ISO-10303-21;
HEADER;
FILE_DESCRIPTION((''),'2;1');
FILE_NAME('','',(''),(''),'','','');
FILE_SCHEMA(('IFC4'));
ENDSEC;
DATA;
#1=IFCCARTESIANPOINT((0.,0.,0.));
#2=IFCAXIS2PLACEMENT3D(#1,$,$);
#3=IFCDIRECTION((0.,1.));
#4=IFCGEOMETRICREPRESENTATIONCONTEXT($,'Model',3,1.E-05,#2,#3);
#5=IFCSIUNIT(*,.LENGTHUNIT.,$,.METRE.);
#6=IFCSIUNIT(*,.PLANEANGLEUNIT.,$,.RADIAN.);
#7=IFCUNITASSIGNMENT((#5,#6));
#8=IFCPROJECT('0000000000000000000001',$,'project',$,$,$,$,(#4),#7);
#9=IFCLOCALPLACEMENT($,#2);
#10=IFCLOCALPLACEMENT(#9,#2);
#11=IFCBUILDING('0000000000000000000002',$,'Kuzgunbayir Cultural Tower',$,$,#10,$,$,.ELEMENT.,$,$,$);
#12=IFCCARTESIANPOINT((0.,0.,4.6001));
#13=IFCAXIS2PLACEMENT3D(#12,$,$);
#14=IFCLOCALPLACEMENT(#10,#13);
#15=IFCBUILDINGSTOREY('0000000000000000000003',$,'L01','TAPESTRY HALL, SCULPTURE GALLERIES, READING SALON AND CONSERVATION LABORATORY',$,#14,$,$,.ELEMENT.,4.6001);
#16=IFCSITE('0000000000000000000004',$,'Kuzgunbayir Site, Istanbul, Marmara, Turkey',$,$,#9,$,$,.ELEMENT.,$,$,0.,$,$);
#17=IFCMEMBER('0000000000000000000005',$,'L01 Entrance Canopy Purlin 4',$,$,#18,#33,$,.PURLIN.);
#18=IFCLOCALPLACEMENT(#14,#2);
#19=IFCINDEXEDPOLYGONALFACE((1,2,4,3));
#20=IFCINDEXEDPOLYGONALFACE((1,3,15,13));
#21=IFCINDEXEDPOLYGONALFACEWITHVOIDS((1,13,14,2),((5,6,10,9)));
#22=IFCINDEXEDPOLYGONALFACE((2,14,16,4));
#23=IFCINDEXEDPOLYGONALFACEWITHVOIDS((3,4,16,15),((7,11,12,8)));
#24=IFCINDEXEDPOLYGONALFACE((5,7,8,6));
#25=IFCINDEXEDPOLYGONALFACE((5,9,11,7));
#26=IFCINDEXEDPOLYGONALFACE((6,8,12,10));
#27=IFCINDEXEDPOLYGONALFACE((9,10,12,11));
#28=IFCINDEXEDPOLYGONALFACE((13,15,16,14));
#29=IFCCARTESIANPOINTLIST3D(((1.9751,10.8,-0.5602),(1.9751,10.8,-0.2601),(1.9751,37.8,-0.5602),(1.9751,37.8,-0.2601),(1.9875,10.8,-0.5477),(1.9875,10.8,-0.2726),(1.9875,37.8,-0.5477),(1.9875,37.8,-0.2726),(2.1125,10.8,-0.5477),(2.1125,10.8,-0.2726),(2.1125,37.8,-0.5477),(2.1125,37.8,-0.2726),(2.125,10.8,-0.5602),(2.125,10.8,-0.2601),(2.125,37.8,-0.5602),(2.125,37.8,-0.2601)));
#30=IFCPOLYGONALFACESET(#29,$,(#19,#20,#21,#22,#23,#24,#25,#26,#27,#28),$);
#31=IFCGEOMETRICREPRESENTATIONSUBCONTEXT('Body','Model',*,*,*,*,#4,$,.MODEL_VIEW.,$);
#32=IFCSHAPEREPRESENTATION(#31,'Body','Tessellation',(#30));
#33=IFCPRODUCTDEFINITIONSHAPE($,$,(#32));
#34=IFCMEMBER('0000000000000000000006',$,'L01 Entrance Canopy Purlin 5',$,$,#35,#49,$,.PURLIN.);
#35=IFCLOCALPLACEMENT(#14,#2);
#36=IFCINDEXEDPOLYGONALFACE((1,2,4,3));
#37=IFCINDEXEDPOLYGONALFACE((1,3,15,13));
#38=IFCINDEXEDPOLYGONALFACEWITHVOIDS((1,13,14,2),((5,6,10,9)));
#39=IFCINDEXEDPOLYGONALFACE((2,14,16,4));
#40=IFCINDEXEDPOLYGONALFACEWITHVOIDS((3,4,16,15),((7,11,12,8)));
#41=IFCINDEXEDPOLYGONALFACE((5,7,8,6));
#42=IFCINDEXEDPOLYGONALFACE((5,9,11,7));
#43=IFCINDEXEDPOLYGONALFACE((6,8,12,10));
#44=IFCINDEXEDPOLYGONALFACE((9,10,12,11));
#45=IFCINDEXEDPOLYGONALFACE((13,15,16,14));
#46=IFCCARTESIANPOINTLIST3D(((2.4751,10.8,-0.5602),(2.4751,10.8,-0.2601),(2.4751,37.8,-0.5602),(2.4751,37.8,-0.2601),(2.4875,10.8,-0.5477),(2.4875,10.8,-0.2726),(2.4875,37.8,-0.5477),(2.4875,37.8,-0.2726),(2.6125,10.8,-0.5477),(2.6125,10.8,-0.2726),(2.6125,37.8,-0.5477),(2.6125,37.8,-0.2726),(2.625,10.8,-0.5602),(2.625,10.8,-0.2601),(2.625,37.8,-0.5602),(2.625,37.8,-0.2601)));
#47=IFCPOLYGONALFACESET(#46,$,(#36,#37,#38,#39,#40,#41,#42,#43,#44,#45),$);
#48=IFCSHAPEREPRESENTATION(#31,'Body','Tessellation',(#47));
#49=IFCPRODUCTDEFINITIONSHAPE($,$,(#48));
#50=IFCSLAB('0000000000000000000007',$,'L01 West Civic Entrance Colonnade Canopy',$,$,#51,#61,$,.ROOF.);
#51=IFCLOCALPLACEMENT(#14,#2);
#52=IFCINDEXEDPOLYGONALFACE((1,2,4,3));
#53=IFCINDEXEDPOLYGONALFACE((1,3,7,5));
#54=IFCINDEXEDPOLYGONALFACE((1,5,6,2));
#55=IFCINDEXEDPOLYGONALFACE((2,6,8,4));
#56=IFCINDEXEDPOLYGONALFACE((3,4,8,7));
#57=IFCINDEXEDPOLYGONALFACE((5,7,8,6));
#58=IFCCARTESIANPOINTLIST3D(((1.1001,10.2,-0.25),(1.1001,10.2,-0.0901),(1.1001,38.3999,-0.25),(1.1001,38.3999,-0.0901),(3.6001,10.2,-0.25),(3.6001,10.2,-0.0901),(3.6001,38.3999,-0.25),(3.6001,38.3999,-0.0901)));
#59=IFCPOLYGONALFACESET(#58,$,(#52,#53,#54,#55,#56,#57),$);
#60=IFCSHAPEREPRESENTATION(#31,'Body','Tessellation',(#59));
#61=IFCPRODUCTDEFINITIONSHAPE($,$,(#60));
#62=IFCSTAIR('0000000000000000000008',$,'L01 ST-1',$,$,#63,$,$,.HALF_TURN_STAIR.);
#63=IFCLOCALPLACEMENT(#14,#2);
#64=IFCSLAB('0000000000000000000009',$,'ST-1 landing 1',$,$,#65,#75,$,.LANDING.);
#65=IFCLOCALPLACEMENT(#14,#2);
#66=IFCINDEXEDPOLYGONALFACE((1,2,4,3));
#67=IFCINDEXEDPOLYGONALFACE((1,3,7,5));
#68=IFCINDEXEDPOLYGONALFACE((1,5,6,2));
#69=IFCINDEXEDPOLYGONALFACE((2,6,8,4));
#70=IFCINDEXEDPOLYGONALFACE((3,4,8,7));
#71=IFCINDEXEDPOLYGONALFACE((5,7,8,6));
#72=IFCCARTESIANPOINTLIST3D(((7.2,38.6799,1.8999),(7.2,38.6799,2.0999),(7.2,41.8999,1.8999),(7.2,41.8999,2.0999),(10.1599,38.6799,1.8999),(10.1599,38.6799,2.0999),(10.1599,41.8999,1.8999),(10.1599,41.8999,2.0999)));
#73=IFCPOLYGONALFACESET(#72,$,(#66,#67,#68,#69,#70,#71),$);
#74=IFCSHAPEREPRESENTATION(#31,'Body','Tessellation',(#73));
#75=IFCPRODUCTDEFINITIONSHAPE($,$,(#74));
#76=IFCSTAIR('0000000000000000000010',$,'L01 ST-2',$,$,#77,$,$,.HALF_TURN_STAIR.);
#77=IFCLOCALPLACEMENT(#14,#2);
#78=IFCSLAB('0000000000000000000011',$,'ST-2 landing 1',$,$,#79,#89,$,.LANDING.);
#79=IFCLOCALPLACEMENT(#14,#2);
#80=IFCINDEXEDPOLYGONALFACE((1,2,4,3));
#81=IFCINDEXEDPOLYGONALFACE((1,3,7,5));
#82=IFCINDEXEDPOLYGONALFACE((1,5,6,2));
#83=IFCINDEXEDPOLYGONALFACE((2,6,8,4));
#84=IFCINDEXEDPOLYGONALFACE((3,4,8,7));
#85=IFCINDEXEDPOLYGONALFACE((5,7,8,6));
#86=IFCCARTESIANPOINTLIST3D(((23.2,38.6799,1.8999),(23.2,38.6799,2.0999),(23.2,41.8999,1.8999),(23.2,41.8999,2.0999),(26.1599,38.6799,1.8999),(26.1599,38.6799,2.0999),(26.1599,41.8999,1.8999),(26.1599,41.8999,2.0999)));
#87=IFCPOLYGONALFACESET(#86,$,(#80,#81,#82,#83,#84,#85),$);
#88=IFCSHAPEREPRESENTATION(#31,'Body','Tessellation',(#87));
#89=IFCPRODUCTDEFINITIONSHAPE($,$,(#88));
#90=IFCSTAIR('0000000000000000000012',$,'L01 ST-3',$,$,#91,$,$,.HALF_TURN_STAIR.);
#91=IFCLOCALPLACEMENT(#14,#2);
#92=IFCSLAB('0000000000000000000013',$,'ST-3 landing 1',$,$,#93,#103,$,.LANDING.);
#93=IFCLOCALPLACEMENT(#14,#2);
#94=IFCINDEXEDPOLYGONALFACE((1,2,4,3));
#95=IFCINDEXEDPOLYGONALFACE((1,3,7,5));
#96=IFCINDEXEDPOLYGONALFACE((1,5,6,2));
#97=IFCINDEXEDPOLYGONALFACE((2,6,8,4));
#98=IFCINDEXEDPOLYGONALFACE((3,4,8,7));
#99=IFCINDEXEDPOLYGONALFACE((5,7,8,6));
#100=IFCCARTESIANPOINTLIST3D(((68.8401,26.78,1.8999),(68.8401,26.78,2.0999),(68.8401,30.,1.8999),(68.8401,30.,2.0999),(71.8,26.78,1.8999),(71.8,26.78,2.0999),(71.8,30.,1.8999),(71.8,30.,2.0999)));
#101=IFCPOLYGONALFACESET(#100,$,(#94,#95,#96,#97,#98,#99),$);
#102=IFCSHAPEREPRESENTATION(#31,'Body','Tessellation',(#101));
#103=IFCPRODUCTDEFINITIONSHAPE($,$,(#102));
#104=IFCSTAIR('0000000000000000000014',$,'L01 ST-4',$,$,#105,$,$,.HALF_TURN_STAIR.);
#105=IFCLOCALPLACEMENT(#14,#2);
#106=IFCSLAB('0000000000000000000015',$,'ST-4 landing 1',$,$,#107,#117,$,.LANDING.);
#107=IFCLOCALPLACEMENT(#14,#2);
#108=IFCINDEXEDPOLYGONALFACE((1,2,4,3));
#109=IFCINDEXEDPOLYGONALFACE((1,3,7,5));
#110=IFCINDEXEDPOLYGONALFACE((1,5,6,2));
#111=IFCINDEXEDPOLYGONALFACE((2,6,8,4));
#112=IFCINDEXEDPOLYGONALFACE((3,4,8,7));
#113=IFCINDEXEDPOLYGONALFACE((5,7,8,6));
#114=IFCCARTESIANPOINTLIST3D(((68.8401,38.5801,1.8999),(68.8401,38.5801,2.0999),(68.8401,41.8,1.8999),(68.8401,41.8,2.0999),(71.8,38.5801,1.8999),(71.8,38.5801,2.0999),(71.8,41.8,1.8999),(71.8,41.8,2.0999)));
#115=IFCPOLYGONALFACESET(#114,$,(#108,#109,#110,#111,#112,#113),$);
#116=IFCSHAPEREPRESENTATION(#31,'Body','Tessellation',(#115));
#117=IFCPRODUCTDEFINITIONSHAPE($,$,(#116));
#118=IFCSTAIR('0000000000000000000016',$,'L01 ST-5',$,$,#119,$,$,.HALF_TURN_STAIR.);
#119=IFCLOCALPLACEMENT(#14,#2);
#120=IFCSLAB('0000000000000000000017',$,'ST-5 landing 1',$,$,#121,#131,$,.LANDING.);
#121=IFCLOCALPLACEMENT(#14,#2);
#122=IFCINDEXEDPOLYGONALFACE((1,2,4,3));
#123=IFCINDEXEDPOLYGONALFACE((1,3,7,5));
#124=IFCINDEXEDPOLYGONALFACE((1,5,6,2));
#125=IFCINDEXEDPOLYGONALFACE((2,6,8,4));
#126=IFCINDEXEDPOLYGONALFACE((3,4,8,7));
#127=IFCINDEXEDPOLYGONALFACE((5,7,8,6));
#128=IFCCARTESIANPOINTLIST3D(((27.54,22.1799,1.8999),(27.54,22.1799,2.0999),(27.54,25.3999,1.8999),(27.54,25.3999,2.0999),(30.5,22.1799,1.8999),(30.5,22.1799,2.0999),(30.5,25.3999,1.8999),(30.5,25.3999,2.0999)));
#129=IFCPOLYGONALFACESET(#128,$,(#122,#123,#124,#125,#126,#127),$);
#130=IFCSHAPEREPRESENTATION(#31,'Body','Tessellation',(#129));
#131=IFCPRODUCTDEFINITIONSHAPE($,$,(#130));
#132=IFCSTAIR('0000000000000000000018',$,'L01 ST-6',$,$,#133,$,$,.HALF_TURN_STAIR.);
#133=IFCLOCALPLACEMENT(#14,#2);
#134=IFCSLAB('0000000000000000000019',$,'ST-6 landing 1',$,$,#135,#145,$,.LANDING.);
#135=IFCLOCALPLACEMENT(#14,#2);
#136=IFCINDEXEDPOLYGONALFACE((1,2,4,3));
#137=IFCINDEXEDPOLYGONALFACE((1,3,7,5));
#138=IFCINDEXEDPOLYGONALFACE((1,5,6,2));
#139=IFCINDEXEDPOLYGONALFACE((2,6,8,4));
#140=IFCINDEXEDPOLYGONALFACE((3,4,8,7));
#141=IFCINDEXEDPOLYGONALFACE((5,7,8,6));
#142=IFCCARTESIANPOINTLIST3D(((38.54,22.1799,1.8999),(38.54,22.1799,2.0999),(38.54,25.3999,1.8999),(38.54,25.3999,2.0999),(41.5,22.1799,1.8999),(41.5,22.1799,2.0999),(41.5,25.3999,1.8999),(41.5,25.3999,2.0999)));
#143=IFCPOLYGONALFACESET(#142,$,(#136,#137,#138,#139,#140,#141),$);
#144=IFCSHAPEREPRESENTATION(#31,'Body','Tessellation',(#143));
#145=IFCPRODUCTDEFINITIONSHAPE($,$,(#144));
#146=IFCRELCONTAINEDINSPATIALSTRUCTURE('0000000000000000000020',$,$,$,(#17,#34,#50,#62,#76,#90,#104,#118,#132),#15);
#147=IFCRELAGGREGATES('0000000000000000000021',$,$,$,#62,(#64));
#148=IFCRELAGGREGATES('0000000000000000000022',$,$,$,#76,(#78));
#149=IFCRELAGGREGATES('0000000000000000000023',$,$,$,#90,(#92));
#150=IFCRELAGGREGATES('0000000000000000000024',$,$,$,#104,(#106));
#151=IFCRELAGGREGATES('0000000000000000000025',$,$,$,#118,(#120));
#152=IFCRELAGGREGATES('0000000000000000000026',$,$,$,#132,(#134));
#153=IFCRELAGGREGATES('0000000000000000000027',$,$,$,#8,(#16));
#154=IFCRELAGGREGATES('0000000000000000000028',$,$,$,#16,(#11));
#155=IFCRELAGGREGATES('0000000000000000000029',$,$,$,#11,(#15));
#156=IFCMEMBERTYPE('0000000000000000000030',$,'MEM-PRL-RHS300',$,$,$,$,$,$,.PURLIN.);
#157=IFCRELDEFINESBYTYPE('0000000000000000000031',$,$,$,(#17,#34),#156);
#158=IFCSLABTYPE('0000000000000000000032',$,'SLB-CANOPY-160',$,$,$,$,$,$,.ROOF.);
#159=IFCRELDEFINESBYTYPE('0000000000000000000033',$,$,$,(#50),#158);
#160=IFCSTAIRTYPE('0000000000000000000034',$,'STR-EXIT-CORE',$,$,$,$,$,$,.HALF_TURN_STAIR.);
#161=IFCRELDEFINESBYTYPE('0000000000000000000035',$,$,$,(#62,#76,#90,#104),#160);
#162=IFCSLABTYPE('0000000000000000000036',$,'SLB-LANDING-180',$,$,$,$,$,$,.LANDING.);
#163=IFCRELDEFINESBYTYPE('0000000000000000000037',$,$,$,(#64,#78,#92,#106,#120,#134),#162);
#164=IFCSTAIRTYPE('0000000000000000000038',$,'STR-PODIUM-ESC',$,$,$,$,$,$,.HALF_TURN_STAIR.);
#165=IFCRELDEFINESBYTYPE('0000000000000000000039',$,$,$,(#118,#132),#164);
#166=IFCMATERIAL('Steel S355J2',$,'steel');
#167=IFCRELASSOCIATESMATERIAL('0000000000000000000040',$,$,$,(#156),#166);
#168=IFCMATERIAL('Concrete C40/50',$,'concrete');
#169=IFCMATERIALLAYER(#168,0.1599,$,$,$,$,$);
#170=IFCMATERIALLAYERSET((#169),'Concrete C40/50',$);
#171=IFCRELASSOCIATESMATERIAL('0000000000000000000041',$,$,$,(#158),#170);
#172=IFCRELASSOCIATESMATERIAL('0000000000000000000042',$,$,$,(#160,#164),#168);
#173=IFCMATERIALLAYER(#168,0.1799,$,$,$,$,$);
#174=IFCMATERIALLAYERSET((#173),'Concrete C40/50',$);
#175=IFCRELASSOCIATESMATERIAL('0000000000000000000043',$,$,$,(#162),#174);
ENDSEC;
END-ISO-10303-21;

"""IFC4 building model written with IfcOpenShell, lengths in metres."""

from ifc_helpers import new_model, si_unit, direction, frame, origin, origin_2d, place, context, subcontext, project, spatial, polyline, hollow_rectangle, outline, extrude, material, layer, layer_set, material_profile, profile_set, type_object, element, aggregate, save


model = new_model("IFC4")

# Units and contexts
model_context = context("Model", 3, precision=1e-05, world=origin(), true_north=direction((0.0, 1.0)))
body_context = subcontext(model_context, "Body", "Model", "MODEL_VIEW")
ifc_project = project(units=[si_unit("LENGTHUNIT", "METRE"), si_unit("PLANEANGLEUNIT", "RADIAN")], contexts=[model_context])

# Site, building, storey
site_placement = place(None, origin())
site = spatial("IfcSite", under=ifc_project, at=site_placement, Name="Kuzgunbayir Site, Istanbul, Marmara, Turkey", CompositionType="ELEMENT", RefElevation=0.0)
building_placement = place(site_placement, origin())
building = spatial("IfcBuilding", under=site, at=building_placement, Name="Kuzgunbayir Cultural Tower", CompositionType="ELEMENT")
storey_placement = place(building_placement, frame((0.0, 0.0, 4.6001)))
storey = spatial("IfcBuildingStorey", under=building, at=storey_placement, Name="L01", Description="TAPESTRY HALL, SCULPTURE GALLERIES, READING SALON AND CONSERVATION LABORATORY", CompositionType="ELEMENT", Elevation=4.6001)

# Shared definitions
ifc_material_1 = material(Name="Steel S355J2", Category="steel")

# Members
ifc_material_profile_1 = material_profile(ifc_material_1, hollow_rectangle(XDim=0.1499, YDim=0.3, WallThickness=0.0125, at=origin_2d()), Name="RHS 300x150x12.5")
ifc_profile_set_1 = profile_set([ifc_material_profile_1], Name="Steel S355J2")
member_type = type_object("IfcMemberType", Name="MEM-PRL-RHS300", PredefinedType="PURLIN", material=ifc_profile_set_1)
for number, where, z_axis, x_axis, name in (
    (1, (2.05, 10.8, -0.4102), (0.0, 1.0, 0.0), (-1.0, 0.0, 0.0), "L01 Entrance Canopy Purlin 4"),
    (2, (2.55, 10.8, -0.4102), (0.0, 1.0, 0.0), (-1.0, 0.0, 0.0), "L01 Entrance Canopy Purlin 5"),
):
    element("IfcMember", number, at=place(storey_placement, frame(where, z_axis=z_axis, x_axis=x_axis)), inside=storey, type_object=member_type, Name=name, PredefinedType="PURLIN", context=body_context, shape_type="SweptSolid", body=[
        extrude(hollow_rectangle(XDim=0.1499, YDim=0.3, WallThickness=0.0125, at=origin_2d()), origin(), (0.0, 0.0, 1.0), 27.0),
    ])

# Slab
ifc_material_2 = material(Name="Concrete C40/50", Category="concrete")
ifc_layer_1 = layer(ifc_material_2, 0.1599)
ifc_layer_set_1 = layer_set([ifc_layer_1], Name="Concrete C40/50")
slab_type_1 = type_object("IfcSlabType", Name="SLB-CANOPY-160", PredefinedType="ROOF", material=ifc_layer_set_1)
slab_1_placement = place(storey_placement, frame((0.0, 0.0, -0.25)))
element("IfcSlab", 3, at=slab_1_placement, inside=storey, type_object=slab_type_1, Name="L01 West Civic Entrance Colonnade Canopy", PredefinedType="ROOF", context=body_context, shape_type="SweptSolid", body=[
    extrude(outline(polyline([(1.1001, 10.2), (3.6001, 10.2), (3.6001, 38.3999), (1.1001, 38.3999), (1.1001, 10.2)])), origin(), (0.0, 0.0, 1.0), 0.1599),
])

# Stairs, slabs
stair_type_1 = type_object("IfcStairType", Name="STR-EXIT-CORE", PredefinedType="HALF_TURN_STAIR", material=ifc_material_2)
stair_1_placement = place(storey_placement, origin())
stair_1 = element("IfcStair", 4, at=stair_1_placement, inside=storey, type_object=stair_type_1, Name="L01 ST-1", PredefinedType="HALF_TURN_STAIR")
ifc_layer_2 = layer(ifc_material_2, 0.1799)
ifc_layer_set_2 = layer_set([ifc_layer_2], Name="Concrete C40/50")
slab_type_2 = type_object("IfcSlabType", Name="SLB-LANDING-180", PredefinedType="LANDING", material=ifc_layer_set_2)
slab_2_placement = place(storey_placement, frame((0.0, 0.0, 1.8999)))
slab_2 = element("IfcSlab", 5, at=slab_2_placement, type_object=slab_type_2, Name="ST-1 landing 1", PredefinedType="LANDING", context=body_context, shape_type="SweptSolid", body=[
    extrude(outline(polyline([(10.1599, 38.6799), (10.1599, 41.8999), (7.2, 41.8999), (7.2, 38.6799), (10.1599, 38.6799)])), origin(), (0.0, 0.0, 1.0), 0.2),
])
aggregate(stair_1, [slab_2])
stair_2_placement = place(storey_placement, origin())
stair_2 = element("IfcStair", 6, at=stair_2_placement, inside=storey, type_object=stair_type_1, Name="L01 ST-2", PredefinedType="HALF_TURN_STAIR")
slab_3_placement = place(storey_placement, frame((0.0, 0.0, 1.8999)))
slab_3 = element("IfcSlab", 7, at=slab_3_placement, type_object=slab_type_2, Name="ST-2 landing 1", PredefinedType="LANDING", context=body_context, shape_type="SweptSolid", body=[
    extrude(outline(polyline([(26.1599, 38.6799), (26.1599, 41.8999), (23.2, 41.8999), (23.2, 38.6799), (26.1599, 38.6799)])), origin(), (0.0, 0.0, 1.0), 0.2),
])
aggregate(stair_2, [slab_3])
stair_3_placement = place(storey_placement, origin())
stair_3 = element("IfcStair", 8, at=stair_3_placement, inside=storey, type_object=stair_type_1, Name="L01 ST-3", PredefinedType="HALF_TURN_STAIR")
slab_4_placement = place(storey_placement, frame((0.0, 0.0, 1.8999)))
slab_4 = element("IfcSlab", 9, at=slab_4_placement, type_object=slab_type_2, Name="ST-3 landing 1", PredefinedType="LANDING", context=body_context, shape_type="SweptSolid", body=[
    extrude(outline(polyline([(71.8, 26.78), (71.8, 30.0), (68.8401, 30.0), (68.8401, 26.78), (71.8, 26.78)])), origin(), (0.0, 0.0, 1.0), 0.2),
])
aggregate(stair_3, [slab_4])
stair_4_placement = place(storey_placement, origin())
stair_4 = element("IfcStair", 10, at=stair_4_placement, inside=storey, type_object=stair_type_1, Name="L01 ST-4", PredefinedType="HALF_TURN_STAIR")
slab_5_placement = place(storey_placement, frame((0.0, 0.0, 1.8999)))
slab_5 = element("IfcSlab", 11, at=slab_5_placement, type_object=slab_type_2, Name="ST-4 landing 1", PredefinedType="LANDING", context=body_context, shape_type="SweptSolid", body=[
    extrude(outline(polyline([(71.8, 38.5801), (71.8, 41.8), (68.8401, 41.8), (68.8401, 38.5801), (71.8, 38.5801)])), origin(), (0.0, 0.0, 1.0), 0.2),
])
aggregate(stair_4, [slab_5])
stair_type_2 = type_object("IfcStairType", Name="STR-PODIUM-ESC", PredefinedType="HALF_TURN_STAIR", material=ifc_material_2)
stair_5_placement = place(storey_placement, origin())
stair_5 = element("IfcStair", 12, at=stair_5_placement, inside=storey, type_object=stair_type_2, Name="L01 ST-5", PredefinedType="HALF_TURN_STAIR")
slab_6_placement = place(storey_placement, frame((0.0, 0.0, 1.8999)))
slab_6 = element("IfcSlab", 13, at=slab_6_placement, type_object=slab_type_2, Name="ST-5 landing 1", PredefinedType="LANDING", context=body_context, shape_type="SweptSolid", body=[
    extrude(outline(polyline([(30.5, 22.1799), (30.5, 25.3999), (27.54, 25.3999), (27.54, 22.1799), (30.5, 22.1799)])), origin(), (0.0, 0.0, 1.0), 0.2),
])
aggregate(stair_5, [slab_6])
stair_6_placement = place(storey_placement, origin())
stair_6 = element("IfcStair", 14, at=stair_6_placement, inside=storey, type_object=stair_type_2, Name="L01 ST-6", PredefinedType="HALF_TURN_STAIR")
slab_7_placement = place(storey_placement, frame((0.0, 0.0, 1.8999)))
slab_7 = element("IfcSlab", 15, at=slab_7_placement, type_object=slab_type_2, Name="ST-6 landing 1", PredefinedType="LANDING", context=body_context, shape_type="SweptSolid", body=[
    extrude(outline(polyline([(41.5, 22.1799), (41.5, 25.3999), (38.54, 25.3999), (38.54, 22.1799), (41.5, 22.1799)])), origin(), (0.0, 0.0, 1.0), 0.2),
])
aggregate(stair_6, [slab_7])

save(model, "model.ifc")
